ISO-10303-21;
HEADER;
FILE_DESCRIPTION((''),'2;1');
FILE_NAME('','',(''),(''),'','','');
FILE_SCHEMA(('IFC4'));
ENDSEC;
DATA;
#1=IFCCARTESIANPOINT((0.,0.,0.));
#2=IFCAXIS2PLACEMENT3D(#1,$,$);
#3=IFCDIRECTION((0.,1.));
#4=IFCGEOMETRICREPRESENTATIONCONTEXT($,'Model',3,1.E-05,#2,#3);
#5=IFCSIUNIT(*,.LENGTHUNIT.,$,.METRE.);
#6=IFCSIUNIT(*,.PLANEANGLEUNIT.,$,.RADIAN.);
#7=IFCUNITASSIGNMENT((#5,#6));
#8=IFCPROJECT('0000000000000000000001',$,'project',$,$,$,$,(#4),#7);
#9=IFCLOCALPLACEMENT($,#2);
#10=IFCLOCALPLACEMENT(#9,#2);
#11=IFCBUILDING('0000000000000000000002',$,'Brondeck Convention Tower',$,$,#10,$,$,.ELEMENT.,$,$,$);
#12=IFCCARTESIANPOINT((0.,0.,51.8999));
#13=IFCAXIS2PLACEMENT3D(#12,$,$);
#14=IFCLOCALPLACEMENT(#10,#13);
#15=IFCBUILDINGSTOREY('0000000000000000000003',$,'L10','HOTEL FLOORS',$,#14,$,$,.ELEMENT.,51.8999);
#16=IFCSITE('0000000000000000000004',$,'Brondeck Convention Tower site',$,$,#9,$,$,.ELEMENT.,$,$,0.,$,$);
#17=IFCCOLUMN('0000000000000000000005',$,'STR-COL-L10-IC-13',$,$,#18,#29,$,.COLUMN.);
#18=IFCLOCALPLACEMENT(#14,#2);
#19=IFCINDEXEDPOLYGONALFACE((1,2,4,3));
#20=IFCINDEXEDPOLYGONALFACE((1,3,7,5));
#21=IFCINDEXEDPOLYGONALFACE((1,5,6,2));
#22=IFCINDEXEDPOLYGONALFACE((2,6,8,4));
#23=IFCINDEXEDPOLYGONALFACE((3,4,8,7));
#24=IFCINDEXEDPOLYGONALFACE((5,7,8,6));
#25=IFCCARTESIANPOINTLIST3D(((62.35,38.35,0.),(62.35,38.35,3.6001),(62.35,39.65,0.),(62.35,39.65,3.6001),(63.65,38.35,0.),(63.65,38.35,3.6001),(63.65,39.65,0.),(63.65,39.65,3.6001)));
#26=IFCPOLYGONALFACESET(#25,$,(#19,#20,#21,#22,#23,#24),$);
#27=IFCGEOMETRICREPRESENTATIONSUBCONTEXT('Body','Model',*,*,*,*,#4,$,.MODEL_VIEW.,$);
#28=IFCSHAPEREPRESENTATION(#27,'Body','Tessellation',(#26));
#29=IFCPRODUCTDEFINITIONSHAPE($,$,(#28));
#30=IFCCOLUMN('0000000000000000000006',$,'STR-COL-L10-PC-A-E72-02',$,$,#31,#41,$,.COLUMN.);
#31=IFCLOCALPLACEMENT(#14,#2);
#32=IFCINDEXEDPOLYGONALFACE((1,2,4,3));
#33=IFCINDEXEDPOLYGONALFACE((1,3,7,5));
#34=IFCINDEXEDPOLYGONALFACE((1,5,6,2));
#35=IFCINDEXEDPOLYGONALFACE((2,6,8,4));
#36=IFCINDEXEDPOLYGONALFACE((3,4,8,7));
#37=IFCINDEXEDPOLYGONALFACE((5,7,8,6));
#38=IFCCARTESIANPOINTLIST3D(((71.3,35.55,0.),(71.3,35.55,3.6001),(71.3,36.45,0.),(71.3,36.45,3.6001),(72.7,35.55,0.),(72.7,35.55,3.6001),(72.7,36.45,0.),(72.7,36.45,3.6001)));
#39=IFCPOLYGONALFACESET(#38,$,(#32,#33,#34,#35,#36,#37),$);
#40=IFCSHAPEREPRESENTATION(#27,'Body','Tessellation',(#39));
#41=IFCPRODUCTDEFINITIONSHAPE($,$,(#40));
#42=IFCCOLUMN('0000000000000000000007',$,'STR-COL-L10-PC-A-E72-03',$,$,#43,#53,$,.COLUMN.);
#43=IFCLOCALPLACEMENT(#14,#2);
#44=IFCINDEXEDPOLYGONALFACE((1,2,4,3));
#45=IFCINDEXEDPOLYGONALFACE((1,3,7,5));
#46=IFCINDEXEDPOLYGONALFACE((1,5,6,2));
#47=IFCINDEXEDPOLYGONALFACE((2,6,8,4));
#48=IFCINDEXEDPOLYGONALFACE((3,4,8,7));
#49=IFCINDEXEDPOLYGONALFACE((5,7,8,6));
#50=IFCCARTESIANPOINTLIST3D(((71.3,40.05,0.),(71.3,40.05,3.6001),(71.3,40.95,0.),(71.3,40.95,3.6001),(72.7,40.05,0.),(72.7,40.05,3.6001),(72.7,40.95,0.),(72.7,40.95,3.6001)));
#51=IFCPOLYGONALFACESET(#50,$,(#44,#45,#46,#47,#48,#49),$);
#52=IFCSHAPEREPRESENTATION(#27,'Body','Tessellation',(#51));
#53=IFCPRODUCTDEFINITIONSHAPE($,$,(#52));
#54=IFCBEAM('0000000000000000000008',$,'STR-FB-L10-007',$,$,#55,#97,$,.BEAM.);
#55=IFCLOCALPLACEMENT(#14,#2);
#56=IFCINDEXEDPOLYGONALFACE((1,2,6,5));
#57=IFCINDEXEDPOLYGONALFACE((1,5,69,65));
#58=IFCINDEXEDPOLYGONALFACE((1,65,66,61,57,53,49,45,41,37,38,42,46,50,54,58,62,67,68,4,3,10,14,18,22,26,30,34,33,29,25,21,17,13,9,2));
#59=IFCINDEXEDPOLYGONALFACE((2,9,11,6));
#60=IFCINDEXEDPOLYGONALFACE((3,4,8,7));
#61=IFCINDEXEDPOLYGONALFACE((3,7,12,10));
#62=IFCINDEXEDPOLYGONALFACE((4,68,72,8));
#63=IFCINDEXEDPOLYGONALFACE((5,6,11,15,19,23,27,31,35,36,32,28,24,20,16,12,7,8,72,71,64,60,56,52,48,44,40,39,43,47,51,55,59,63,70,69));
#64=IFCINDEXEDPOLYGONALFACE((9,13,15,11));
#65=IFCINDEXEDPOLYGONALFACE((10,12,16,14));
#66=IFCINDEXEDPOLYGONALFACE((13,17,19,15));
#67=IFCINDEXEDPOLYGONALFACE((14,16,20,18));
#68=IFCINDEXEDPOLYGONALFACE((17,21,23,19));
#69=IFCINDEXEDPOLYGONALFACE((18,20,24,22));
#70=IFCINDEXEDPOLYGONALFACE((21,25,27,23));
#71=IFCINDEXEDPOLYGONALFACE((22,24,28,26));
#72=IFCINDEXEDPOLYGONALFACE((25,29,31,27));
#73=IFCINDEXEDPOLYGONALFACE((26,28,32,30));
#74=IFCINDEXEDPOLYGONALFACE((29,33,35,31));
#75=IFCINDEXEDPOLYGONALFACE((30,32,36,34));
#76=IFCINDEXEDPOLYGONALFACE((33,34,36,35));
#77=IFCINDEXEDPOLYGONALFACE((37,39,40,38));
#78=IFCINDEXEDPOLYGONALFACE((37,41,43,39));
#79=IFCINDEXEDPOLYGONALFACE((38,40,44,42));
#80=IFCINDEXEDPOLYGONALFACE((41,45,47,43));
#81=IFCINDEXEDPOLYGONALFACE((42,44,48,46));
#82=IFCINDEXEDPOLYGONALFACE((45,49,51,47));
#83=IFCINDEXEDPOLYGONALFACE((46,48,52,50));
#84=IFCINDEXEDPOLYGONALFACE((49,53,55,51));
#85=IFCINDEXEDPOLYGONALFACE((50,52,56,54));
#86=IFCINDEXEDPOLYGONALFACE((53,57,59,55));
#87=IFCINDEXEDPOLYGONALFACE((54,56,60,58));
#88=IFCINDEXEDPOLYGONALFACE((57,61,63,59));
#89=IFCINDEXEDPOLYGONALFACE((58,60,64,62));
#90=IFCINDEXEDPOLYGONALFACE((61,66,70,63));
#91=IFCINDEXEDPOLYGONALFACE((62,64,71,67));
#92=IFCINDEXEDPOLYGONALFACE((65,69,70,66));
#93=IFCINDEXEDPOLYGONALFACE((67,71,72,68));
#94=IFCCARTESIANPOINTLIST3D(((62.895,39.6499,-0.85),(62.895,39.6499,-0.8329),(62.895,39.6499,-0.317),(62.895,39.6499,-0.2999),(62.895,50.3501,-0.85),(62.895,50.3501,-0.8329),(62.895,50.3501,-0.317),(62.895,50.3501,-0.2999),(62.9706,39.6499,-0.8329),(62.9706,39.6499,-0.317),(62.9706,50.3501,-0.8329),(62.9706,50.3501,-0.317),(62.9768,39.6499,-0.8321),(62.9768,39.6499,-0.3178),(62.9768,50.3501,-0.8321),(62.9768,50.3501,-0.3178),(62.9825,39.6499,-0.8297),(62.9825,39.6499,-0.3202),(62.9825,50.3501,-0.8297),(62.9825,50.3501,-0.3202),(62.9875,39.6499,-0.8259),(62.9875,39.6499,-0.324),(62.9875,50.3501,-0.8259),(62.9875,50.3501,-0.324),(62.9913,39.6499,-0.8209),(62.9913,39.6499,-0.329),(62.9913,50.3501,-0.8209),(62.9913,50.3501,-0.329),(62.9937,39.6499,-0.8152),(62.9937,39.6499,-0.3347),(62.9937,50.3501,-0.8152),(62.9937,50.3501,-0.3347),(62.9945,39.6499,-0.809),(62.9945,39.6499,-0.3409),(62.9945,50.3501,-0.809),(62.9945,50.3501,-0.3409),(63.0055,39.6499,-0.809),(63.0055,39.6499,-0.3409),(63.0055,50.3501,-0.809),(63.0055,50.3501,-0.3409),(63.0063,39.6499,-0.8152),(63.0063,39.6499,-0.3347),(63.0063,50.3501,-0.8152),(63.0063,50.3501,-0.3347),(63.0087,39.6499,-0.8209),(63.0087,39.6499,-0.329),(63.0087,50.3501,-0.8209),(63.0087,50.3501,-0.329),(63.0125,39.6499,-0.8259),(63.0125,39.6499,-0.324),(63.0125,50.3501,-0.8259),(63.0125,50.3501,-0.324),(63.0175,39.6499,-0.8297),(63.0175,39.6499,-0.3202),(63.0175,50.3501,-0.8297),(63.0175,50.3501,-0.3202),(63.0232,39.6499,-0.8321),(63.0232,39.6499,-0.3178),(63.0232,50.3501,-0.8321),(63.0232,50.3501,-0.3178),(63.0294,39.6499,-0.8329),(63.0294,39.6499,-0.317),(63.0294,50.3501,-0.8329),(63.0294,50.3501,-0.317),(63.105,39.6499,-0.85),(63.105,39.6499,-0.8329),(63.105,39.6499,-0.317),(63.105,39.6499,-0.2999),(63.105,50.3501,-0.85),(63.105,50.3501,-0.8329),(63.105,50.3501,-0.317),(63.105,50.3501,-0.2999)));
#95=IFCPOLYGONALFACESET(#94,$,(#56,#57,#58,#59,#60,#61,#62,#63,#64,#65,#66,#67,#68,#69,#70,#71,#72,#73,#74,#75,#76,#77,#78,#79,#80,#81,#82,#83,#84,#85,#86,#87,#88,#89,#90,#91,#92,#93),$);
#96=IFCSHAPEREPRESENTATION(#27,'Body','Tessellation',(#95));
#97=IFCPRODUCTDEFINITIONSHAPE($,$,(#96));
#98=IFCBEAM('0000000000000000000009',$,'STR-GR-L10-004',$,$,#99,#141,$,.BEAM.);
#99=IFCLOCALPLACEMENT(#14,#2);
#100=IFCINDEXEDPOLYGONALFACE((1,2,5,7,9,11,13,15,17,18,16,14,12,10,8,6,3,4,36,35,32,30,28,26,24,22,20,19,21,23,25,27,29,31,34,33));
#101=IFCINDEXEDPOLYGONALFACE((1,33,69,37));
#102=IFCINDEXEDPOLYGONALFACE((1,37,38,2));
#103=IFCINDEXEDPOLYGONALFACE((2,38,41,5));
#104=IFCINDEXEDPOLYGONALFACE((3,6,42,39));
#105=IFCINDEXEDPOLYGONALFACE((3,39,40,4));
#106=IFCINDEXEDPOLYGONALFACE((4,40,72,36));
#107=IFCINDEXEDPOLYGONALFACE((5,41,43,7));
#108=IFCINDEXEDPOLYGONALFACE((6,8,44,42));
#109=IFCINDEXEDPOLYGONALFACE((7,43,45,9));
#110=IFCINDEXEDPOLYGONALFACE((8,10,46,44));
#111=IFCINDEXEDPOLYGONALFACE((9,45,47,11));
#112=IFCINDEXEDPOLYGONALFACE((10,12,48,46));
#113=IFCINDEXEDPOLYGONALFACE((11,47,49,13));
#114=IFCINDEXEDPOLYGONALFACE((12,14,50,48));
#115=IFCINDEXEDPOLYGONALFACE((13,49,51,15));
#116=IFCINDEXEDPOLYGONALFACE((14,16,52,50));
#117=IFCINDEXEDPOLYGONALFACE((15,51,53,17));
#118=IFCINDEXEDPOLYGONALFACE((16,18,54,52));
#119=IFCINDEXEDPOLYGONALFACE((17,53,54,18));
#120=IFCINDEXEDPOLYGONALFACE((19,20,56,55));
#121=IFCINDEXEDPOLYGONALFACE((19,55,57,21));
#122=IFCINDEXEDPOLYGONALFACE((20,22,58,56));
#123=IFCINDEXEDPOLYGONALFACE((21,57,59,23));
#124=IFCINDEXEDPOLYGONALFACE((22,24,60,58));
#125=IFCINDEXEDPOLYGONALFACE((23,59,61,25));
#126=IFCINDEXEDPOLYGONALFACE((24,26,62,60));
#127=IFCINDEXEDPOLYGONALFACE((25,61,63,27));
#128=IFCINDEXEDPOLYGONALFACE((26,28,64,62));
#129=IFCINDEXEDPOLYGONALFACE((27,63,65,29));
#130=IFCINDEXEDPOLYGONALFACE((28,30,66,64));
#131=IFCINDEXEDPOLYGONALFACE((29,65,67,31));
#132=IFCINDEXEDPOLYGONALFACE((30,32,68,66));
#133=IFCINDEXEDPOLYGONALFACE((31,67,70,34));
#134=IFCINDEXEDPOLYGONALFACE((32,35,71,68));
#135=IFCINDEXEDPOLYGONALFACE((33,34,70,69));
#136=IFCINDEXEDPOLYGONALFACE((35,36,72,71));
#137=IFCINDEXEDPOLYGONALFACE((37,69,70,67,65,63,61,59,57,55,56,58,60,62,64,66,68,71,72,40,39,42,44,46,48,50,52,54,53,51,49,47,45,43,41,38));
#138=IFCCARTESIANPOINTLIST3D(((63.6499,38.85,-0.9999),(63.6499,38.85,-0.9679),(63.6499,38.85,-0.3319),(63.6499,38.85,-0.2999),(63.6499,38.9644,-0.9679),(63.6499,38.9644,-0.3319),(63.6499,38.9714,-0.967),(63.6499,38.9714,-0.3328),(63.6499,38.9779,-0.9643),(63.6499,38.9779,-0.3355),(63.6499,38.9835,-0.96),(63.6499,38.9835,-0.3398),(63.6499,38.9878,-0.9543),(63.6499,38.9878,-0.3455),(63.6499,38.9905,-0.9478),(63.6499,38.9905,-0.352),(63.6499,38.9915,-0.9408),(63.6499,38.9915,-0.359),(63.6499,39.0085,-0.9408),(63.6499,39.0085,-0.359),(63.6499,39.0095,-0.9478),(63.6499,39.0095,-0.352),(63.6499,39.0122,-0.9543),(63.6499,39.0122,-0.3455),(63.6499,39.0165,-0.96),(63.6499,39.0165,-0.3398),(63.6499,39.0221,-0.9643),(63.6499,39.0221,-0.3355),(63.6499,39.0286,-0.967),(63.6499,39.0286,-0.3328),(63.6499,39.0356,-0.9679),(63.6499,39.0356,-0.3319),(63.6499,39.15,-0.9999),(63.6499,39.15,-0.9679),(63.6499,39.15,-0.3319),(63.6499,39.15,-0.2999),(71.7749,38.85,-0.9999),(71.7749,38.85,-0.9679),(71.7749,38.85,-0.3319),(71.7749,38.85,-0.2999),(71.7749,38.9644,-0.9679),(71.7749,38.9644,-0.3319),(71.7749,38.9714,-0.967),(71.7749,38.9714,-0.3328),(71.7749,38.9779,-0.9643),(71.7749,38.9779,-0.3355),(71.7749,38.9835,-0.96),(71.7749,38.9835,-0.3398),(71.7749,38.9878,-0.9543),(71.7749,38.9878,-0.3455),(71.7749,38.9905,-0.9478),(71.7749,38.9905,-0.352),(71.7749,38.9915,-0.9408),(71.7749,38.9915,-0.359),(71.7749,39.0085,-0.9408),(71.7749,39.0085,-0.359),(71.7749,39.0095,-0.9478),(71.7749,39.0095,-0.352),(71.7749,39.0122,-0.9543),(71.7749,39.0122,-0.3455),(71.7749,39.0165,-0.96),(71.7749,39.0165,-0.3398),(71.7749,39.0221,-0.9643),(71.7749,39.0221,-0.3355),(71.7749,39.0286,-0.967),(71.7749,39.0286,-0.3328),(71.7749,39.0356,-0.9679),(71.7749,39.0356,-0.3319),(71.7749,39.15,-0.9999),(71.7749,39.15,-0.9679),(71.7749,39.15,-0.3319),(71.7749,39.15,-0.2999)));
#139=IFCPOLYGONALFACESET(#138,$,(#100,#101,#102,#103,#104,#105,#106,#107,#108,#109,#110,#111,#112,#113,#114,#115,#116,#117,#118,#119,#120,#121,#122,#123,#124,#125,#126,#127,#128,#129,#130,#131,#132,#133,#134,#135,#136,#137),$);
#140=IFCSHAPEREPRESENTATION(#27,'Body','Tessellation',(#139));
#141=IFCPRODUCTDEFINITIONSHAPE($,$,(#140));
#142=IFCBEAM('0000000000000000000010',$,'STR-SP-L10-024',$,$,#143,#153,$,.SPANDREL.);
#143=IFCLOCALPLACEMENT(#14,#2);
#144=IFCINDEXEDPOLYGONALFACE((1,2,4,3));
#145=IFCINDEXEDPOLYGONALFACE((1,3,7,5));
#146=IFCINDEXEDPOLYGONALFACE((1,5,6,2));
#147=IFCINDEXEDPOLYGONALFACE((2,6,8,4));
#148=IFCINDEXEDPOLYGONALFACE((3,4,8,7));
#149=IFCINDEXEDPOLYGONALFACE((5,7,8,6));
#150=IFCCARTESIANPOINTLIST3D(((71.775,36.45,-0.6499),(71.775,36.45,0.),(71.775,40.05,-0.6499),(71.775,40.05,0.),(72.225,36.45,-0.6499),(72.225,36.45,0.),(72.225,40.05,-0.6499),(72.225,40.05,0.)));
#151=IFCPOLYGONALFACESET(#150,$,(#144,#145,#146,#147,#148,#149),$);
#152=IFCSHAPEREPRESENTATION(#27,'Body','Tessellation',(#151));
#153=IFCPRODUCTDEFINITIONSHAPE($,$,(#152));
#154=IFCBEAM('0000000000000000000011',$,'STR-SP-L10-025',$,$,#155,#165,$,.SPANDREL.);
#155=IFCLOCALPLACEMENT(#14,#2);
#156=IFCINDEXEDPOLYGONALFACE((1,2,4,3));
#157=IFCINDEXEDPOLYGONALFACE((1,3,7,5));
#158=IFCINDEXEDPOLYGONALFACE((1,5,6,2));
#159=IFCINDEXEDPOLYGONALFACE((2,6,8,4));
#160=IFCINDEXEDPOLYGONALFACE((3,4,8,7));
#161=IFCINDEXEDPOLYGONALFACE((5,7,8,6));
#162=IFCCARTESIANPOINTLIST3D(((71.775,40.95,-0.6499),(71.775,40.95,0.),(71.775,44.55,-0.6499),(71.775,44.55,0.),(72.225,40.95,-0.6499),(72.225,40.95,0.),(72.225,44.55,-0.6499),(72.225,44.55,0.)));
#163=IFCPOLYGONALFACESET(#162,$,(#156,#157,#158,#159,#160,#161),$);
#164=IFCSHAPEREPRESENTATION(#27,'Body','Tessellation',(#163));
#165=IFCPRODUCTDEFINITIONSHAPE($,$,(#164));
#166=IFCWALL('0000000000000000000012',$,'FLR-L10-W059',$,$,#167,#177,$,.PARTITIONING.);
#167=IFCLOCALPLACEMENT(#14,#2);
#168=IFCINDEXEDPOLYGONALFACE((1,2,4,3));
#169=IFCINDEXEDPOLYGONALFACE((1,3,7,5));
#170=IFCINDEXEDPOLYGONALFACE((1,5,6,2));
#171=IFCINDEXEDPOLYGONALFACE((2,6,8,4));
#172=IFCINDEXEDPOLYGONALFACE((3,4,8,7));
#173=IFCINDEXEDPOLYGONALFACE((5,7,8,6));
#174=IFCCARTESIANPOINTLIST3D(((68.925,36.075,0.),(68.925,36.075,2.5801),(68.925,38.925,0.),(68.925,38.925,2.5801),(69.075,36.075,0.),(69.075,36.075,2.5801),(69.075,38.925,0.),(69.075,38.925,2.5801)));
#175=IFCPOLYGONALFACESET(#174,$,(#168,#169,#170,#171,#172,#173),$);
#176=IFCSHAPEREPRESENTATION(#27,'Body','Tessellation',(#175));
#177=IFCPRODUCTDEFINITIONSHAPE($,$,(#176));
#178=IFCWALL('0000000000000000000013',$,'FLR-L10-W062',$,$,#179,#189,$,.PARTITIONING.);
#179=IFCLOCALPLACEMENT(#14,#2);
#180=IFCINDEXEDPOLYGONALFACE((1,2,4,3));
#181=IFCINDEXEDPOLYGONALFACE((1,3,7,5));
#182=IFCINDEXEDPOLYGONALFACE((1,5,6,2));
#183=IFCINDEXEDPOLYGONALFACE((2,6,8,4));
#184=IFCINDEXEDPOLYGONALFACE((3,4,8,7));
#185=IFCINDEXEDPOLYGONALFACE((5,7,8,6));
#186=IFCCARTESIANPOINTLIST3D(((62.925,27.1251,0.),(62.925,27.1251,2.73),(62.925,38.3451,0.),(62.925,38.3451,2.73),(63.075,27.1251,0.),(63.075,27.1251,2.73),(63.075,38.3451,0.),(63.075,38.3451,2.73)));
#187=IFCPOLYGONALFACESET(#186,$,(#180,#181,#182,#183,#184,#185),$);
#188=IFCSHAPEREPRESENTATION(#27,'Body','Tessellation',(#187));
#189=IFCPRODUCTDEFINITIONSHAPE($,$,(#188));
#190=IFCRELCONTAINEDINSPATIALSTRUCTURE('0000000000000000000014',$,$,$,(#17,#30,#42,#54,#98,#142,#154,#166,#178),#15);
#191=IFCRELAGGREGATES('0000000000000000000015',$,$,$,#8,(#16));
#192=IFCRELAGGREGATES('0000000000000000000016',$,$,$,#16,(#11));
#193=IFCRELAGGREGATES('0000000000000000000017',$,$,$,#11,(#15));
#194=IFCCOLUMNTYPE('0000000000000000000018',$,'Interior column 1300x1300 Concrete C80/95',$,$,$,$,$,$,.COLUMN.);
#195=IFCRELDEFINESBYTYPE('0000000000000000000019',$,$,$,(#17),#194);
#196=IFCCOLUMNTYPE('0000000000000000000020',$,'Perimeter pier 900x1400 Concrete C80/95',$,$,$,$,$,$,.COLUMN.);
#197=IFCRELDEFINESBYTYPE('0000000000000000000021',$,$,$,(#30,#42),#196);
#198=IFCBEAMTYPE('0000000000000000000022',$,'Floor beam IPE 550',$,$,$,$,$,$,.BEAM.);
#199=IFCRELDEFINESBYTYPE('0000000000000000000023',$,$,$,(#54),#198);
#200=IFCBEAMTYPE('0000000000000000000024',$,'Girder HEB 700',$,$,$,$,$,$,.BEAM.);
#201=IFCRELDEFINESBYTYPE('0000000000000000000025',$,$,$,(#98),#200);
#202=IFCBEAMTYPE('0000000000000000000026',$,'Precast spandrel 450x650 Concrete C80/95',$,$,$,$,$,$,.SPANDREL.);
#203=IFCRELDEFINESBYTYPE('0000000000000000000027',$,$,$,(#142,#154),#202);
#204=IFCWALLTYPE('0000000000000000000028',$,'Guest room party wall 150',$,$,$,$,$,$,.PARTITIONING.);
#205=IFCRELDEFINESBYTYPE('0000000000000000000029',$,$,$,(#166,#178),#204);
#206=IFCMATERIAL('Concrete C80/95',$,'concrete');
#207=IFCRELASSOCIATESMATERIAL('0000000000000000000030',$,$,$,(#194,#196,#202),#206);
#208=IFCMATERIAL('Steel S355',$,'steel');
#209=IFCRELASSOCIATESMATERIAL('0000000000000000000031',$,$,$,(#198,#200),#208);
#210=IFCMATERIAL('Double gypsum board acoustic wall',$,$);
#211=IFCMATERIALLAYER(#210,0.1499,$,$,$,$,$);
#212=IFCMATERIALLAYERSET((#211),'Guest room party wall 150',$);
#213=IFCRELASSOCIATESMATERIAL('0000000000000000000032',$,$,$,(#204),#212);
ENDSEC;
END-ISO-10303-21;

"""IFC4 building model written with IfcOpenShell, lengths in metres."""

from ifc_helpers import new_model, si_unit, direction, frame, frame_2d, origin, origin_2d, place, context, subcontext, project, spatial, rectangle, i_section, extrude, material, layer, layer_set, material_profile, profile_set, type_object, element, save


model = new_model("IFC4")

# Units and contexts
model_context = context("Model", 3, precision=1e-05, world=origin(), true_north=direction((0.0, 1.0)))
body_context = subcontext(model_context, "Body", "Model", "MODEL_VIEW")
ifc_project = project(units=[si_unit("LENGTHUNIT", "METRE"), si_unit("PLANEANGLEUNIT", "RADIAN")], contexts=[model_context])

# Site, building, storey
site_placement = place(None, origin())
site = spatial("IfcSite", under=ifc_project, at=site_placement, Name="Brondeck Convention Tower site", CompositionType="ELEMENT", RefElevation=0.0)
building_placement = place(site_placement, origin())
building = spatial("IfcBuilding", under=site, at=building_placement, Name="Brondeck Convention Tower", CompositionType="ELEMENT")
storey_placement = place(building_placement, frame((0.0, 0.0, 51.8999)))
storey = spatial("IfcBuildingStorey", under=building, at=storey_placement, Name="L10", Description="HOTEL FLOORS", CompositionType="ELEMENT", Elevation=51.8999)

# Columns
ifc_material_1 = material(Name="Concrete C80/95", Category="concrete")
ifc_material_profile_1 = material_profile(ifc_material_1, rectangle(XDim=1.3, YDim=1.3, at=origin_2d()), Name="Interior column 1300x1300 Concrete C80/95")
ifc_profile_set_1 = profile_set([ifc_material_profile_1], Name="Concrete C80/95")
column_type_1 = type_object("IfcColumnType", Name="Interior column 1300x1300 Concrete C80/95", PredefinedType="COLUMN", material=ifc_profile_set_1)
column_placement = place(storey_placement, frame((63.0, 39.0, 0.0), z_axis=(0.0, 0.0, 1.0), x_axis=(1.0, 0.0, 0.0)))
element("IfcColumn", 1, at=column_placement, inside=storey, type_object=column_type_1, Name="STR-COL-L10-IC-13", PredefinedType="COLUMN", context=body_context, shape_type="SweptSolid", body=[
    extrude(rectangle(XDim=1.3, YDim=1.3, at=origin_2d()), origin(), (0.0, 0.0, 1.0), 3.6001),
])
ifc_material_profile_2 = material_profile(ifc_material_1, rectangle(XDim=0.8999, YDim=1.3999, at=origin_2d()), Name="Perimeter pier 900x1400 Concrete C80/95")
ifc_profile_set_2 = profile_set([ifc_material_profile_2], Name="Concrete C80/95")
column_type_2 = type_object("IfcColumnType", Name="Perimeter pier 900x1400 Concrete C80/95", PredefinedType="COLUMN", material=ifc_profile_set_2)
for number, where, z_axis, x_axis, name in (
    (2, (72.0, 36.0, 0.0), (0.0, 0.0, 1.0), (0.0, 1.0, 0.0), "STR-COL-L10-PC-A-E72-02"),
    (3, (72.0, 40.5, 0.0), (0.0, 0.0, 1.0), (0.0, 1.0, 0.0), "STR-COL-L10-PC-A-E72-03"),
):
    element("IfcColumn", number, at=place(storey_placement, frame(where, z_axis=z_axis, x_axis=x_axis)), inside=storey, type_object=column_type_2, Name=name, PredefinedType="COLUMN", context=body_context, shape_type="SweptSolid", body=[
        extrude(rectangle(XDim=0.8999, YDim=1.3999, at=origin_2d()), origin(), (0.0, 0.0, 1.0), 3.6001),
    ])

# Beams
ifc_material_2 = material(Name="Steel S355", Category="steel")
ifc_material_profile_3 = material_profile(ifc_material_2, i_section(OverallWidth=0.21, OverallDepth=0.55, WebThickness=0.011, FlangeThickness=0.0171, FilletRadius=0.0239, at=origin_2d()), Name="IPE 550")
ifc_profile_set_3 = profile_set([ifc_material_profile_3], Name="Steel S355")
beam_type_1 = type_object("IfcBeamType", Name="Floor beam IPE 550", PredefinedType="BEAM", material=ifc_profile_set_3)
beam_1_placement = place(storey_placement, frame((63.0, 39.6499, -0.575), z_axis=(0.0, 1.0, 0.0), x_axis=(-1.0, 0.0, 0.0)))
element("IfcBeam", 4, at=beam_1_placement, inside=storey, type_object=beam_type_1, Name="STR-FB-L10-007", PredefinedType="BEAM", context=body_context, shape_type="SweptSolid", body=[
    extrude(i_section(OverallWidth=0.21, OverallDepth=0.55, WebThickness=0.011, FlangeThickness=0.0171, FilletRadius=0.0239, at=origin_2d()), origin(), (0.0, 0.0, 1.0), 10.7002),
])
ifc_material_profile_4 = material_profile(ifc_material_2, i_section(OverallWidth=0.3, OverallDepth=0.7, WebThickness=0.0171, FlangeThickness=0.032, FilletRadius=0.0271, at=origin_2d()), Name="HEB 700")
ifc_profile_set_4 = profile_set([ifc_material_profile_4], Name="Steel S355")
beam_type_2 = type_object("IfcBeamType", Name="Girder HEB 700", PredefinedType="BEAM", material=ifc_profile_set_4)
beam_2_placement = place(storey_placement, frame((63.6499, 39.0, -0.6499), z_axis=(1.0, 0.0, 0.0), x_axis=(0.0, 1.0, 0.0)))
element("IfcBeam", 5, at=beam_2_placement, inside=storey, type_object=beam_type_2, Name="STR-GR-L10-004", PredefinedType="BEAM", context=body_context, shape_type="SweptSolid", body=[
    extrude(i_section(OverallWidth=0.3, OverallDepth=0.7, WebThickness=0.0171, FlangeThickness=0.032, FilletRadius=0.0271, at=origin_2d()), origin(), (0.0, 0.0, 1.0), 8.125),
])
ifc_material_profile_5 = material_profile(ifc_material_1, rectangle(XDim=0.45, YDim=0.6499, at=origin_2d()), Name="Precast spandrel 450x650 Concrete C80/95")
ifc_profile_set_5 = profile_set([ifc_material_profile_5], Name="Concrete C80/95")
beam_type_3 = type_object("IfcBeamType", Name="Precast spandrel 450x650 Concrete C80/95", PredefinedType="SPANDREL", material=ifc_profile_set_5)
for number, where, z_axis, x_axis, name in (
    (6, (72.0, 36.45, -0.325), (0.0, 1.0, 0.0), (-1.0, 0.0, 0.0), "STR-SP-L10-024"),
    (7, (72.0, 40.95, -0.325), (0.0, 1.0, 0.0), (-1.0, 0.0, 0.0), "STR-SP-L10-025"),
):
    element("IfcBeam", number, at=place(storey_placement, frame(where, z_axis=z_axis, x_axis=x_axis)), inside=storey, type_object=beam_type_3, Name=name, PredefinedType="SPANDREL", context=body_context, shape_type="SweptSolid", body=[
        extrude(rectangle(XDim=0.45, YDim=0.6499, at=origin_2d()), origin(), (0.0, 0.0, 1.0), 3.6001),
    ])

# Walls
ifc_material_3 = material(Name="Double gypsum board acoustic wall")
ifc_layer_1 = layer(ifc_material_3, 0.1499)
ifc_layer_set_1 = layer_set([ifc_layer_1], Name="Guest room party wall 150")
wall_type_1 = type_object("IfcWallType", Name="Guest room party wall 150", PredefinedType="PARTITIONING", material=ifc_layer_set_1)
wall_1_placement = place(storey_placement, frame((69.0, 36.075, 0.0), z_axis=(0.0, 0.0, 1.0), x_axis=(0.0, 1.0, 0.0)))
element("IfcWall", 8, at=wall_1_placement, inside=storey, type_object=wall_type_1, Name="FLR-L10-W059", PredefinedType="PARTITIONING", context=body_context, shape_type="SweptSolid", body=[
    extrude(rectangle(XDim=2.8501, YDim=0.1499, at=frame_2d((1.425, 0.0))), origin(), (0.0, 0.0, 1.0), 2.5801),
])
wall_2_placement = place(storey_placement, frame((63.0, 38.345, 0.0), z_axis=(0.0, 0.0, 1.0), x_axis=(0.0, -1.0, 0.0)))
element("IfcWall", 9, at=wall_2_placement, inside=storey, type_object=wall_type_1, Name="FLR-L10-W062", PredefinedType="PARTITIONING", context=body_context, shape_type="SweptSolid", body=[
    extrude(rectangle(XDim=11.22, YDim=0.1499, at=frame_2d((5.6099, 0.0))), origin(), (0.0, 0.0, 1.0), 2.73),
])

save(model, "model.ifc")
